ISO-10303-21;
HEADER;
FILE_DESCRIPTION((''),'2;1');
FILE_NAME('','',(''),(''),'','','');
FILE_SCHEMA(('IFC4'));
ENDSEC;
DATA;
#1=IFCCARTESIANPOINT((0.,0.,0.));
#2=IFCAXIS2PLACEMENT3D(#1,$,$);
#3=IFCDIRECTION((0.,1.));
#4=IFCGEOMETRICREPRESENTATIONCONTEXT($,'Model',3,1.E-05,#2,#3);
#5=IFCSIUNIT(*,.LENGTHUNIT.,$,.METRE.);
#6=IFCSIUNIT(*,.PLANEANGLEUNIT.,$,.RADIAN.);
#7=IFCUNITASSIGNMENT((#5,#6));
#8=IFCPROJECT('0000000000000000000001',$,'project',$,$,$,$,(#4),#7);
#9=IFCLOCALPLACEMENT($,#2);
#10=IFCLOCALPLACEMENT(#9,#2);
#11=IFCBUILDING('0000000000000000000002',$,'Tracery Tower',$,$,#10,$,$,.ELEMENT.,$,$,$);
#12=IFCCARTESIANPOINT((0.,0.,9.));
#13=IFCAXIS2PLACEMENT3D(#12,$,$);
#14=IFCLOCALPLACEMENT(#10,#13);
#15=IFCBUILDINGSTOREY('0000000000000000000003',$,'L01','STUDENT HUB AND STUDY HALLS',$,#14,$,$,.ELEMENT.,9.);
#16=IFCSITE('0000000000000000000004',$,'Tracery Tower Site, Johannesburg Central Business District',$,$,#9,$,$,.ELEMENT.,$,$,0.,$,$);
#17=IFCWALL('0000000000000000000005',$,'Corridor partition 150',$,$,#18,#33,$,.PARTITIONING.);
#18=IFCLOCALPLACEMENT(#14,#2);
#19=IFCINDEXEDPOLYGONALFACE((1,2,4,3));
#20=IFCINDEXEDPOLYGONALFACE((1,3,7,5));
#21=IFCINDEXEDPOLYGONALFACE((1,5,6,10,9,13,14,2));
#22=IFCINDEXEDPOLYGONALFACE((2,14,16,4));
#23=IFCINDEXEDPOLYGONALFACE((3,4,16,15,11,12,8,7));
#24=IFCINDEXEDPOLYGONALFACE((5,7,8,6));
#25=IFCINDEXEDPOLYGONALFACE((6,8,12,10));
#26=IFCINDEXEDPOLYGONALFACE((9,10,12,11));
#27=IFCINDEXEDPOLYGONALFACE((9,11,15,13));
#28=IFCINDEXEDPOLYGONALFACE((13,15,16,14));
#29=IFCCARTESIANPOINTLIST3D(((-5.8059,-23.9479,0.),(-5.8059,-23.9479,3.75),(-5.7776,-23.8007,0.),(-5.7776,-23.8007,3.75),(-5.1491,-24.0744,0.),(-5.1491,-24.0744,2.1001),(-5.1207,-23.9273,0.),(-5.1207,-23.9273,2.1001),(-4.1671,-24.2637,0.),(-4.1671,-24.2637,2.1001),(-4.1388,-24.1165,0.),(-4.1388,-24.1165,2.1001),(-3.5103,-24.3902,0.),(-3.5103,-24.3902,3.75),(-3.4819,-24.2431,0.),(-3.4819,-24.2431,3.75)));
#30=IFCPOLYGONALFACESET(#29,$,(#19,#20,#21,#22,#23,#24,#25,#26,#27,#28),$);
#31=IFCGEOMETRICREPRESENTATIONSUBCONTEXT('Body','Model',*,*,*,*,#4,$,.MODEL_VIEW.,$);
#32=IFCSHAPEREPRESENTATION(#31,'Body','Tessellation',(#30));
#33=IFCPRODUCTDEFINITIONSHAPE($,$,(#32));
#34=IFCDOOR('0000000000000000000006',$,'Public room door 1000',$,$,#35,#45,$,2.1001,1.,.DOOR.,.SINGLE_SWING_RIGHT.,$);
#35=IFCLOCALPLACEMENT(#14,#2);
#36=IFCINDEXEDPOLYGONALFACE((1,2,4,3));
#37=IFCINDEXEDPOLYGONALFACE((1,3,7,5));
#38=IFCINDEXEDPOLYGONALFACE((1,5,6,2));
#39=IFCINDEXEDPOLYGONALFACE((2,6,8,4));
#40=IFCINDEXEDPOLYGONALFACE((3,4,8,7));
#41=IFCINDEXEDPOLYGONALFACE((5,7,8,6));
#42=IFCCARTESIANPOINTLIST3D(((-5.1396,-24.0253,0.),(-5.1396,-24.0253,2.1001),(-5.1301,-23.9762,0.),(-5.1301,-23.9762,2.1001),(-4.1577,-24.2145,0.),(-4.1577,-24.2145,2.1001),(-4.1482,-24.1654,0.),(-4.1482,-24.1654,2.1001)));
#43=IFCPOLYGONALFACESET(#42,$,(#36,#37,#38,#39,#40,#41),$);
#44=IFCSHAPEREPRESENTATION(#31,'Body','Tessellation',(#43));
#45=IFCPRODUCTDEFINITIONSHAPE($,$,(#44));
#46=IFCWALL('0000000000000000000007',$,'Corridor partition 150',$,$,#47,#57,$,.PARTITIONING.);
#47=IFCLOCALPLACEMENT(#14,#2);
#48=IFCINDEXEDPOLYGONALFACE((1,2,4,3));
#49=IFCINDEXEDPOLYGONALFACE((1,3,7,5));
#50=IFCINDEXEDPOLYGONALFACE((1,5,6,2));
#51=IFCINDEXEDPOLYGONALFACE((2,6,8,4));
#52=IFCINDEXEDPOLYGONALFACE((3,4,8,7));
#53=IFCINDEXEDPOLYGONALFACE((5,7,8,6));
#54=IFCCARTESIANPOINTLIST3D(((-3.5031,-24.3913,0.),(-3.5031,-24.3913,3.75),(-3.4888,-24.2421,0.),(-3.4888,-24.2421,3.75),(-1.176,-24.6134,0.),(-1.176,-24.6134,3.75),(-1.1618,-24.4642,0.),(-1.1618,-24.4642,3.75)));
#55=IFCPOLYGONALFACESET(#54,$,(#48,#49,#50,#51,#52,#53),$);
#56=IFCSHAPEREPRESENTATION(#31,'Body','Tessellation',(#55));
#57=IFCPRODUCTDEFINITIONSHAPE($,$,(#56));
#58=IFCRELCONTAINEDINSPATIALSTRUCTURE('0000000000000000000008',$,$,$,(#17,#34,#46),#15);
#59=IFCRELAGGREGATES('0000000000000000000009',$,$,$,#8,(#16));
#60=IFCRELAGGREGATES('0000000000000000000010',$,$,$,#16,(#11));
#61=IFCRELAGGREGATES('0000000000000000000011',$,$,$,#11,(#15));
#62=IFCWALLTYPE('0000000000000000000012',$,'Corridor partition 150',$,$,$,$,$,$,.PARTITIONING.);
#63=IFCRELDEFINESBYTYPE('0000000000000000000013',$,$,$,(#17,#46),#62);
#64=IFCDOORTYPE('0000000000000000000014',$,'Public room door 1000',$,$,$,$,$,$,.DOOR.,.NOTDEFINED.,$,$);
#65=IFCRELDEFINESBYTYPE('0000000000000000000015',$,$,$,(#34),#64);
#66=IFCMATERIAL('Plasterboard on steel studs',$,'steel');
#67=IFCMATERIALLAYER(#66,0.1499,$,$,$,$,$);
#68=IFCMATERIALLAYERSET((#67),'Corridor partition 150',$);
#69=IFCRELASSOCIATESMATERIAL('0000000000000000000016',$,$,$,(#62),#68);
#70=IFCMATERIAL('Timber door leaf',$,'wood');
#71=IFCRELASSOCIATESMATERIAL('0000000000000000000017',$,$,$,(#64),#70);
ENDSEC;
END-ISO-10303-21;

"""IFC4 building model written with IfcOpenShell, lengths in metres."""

from ifc_helpers import new_model, si_unit, direction, frame, frame_2d, origin, place, context, subcontext, project, spatial, rectangle, extrude, material, layer, layer_set, type_object, element, fill, save


model = new_model("IFC4")

# Units and contexts
model_context = context("Model", 3, precision=1e-05, world=origin(), true_north=direction((0.0, 1.0)))
body_context = subcontext(model_context, "Body", "Model", "MODEL_VIEW")
ifc_project = project(units=[si_unit("LENGTHUNIT", "METRE"), si_unit("PLANEANGLEUNIT", "RADIAN")], contexts=[model_context])

# Site, building, storey
site_placement = place(None, origin())
site = spatial("IfcSite", under=ifc_project, at=site_placement, Name="Tracery Tower Site, Johannesburg Central Business District", CompositionType="ELEMENT", RefElevation=0.0)
building_placement = place(site_placement, origin())
building = spatial("IfcBuilding", under=site, at=building_placement, Name="Tracery Tower", CompositionType="ELEMENT")
storey_placement = place(building_placement, frame((0.0, 0.0, 9.0)))
storey = spatial("IfcBuildingStorey", under=building, at=storey_placement, Name="L01", Description="STUDENT HUB AND STUDY HALLS", CompositionType="ELEMENT", Elevation=9.0)

# Shared definitions
ifc_material_1 = material(Name="Plasterboard on steel studs", Category="steel")
ifc_layer_1 = layer(ifc_material_1, 0.1499)
ifc_layer_set_1 = layer_set([ifc_layer_1], Name="Corridor partition 150")
wall_type_1 = type_object("IfcWallType", Name="Corridor partition 150", PredefinedType="PARTITIONING", material=ifc_layer_set_1)
ifc_material_2 = material(Name="Timber door leaf", Category="wood")
door_type_1 = type_object("IfcDoorType", Name="Public room door 1000", OperationType="NOTDEFINED", PredefinedType="DOOR", material=ifc_material_2)

# Wall, opening, door
wall_1_placement = place(storey_placement, frame((-3.4961, -24.3167, 0.0), z_axis=(0.0, 0.0, 1.0), x_axis=(-0.981934, 0.189223, 0.0)))
wall_1 = element("IfcWall", 1, at=wall_1_placement, inside=storey, type_object=wall_type_1, Name="Corridor partition 150", PredefinedType="PARTITIONING", context=body_context, shape_type="SweptSolid", body=[
    extrude(rectangle(XDim=2.3379, YDim=0.1499, at=frame_2d((1.1689, 0.0))), origin(), (0.0, 0.0, 1.0), 3.75),
])
opening_1_placement = place(wall_1_placement, frame((0.6689, 0.0, 0.0)))
opening_1 = element("IfcOpeningElement", 2, at=opening_1_placement, cuts=wall_1, PredefinedType="OPENING", context=body_context, shape_type="SweptSolid", body=[
    extrude(rectangle(XDim=1.0, YDim=2.1001, at=frame_2d((0.5, 1.05))), frame((0.0, 0.075, 0.0), z_axis=(0.0, -1.0, 0.0), x_axis=(1.0, 0.0, 0.0)), (0.0, 0.0, 1.0), 0.1499),
])
door_1_placement = place(opening_1_placement, origin())
door_1 = element("IfcDoor", 3, at=door_1_placement, inside=storey, type_object=door_type_1, Name="Public room door 1000", OperationType="SINGLE_SWING_RIGHT", OverallHeight=2.1001, OverallWidth=1.0, PredefinedType="DOOR", context=body_context, shape_type="SweptSolid", body=[
    extrude(rectangle(XDim=1.0, YDim=2.1001, at=frame_2d((0.5, 1.05))), frame((0.0, 0.0249, 0.0), z_axis=(0.0, -1.0, 0.0), x_axis=(1.0, 0.0, 0.0)), (0.0, 0.0, 1.0), 0.05),
])
fill(opening_1, door_1)

# Wall
wall_2_placement = place(storey_placement, frame((-3.4961, -24.3167, 0.0), z_axis=(0.0, 0.0, 1.0), x_axis=(0.995474, -0.095036, 0.0)))
element("IfcWall", 4, at=wall_2_placement, inside=storey, type_object=wall_type_1, Name="Corridor partition 150", PredefinedType="PARTITIONING", context=body_context, shape_type="SweptSolid", body=[
    extrude(rectangle(XDim=2.3376, YDim=0.1499, at=frame_2d((1.1689, 0.0))), origin(), (0.0, 0.0, 1.0), 3.75),
])

save(model, "model.ifc")
